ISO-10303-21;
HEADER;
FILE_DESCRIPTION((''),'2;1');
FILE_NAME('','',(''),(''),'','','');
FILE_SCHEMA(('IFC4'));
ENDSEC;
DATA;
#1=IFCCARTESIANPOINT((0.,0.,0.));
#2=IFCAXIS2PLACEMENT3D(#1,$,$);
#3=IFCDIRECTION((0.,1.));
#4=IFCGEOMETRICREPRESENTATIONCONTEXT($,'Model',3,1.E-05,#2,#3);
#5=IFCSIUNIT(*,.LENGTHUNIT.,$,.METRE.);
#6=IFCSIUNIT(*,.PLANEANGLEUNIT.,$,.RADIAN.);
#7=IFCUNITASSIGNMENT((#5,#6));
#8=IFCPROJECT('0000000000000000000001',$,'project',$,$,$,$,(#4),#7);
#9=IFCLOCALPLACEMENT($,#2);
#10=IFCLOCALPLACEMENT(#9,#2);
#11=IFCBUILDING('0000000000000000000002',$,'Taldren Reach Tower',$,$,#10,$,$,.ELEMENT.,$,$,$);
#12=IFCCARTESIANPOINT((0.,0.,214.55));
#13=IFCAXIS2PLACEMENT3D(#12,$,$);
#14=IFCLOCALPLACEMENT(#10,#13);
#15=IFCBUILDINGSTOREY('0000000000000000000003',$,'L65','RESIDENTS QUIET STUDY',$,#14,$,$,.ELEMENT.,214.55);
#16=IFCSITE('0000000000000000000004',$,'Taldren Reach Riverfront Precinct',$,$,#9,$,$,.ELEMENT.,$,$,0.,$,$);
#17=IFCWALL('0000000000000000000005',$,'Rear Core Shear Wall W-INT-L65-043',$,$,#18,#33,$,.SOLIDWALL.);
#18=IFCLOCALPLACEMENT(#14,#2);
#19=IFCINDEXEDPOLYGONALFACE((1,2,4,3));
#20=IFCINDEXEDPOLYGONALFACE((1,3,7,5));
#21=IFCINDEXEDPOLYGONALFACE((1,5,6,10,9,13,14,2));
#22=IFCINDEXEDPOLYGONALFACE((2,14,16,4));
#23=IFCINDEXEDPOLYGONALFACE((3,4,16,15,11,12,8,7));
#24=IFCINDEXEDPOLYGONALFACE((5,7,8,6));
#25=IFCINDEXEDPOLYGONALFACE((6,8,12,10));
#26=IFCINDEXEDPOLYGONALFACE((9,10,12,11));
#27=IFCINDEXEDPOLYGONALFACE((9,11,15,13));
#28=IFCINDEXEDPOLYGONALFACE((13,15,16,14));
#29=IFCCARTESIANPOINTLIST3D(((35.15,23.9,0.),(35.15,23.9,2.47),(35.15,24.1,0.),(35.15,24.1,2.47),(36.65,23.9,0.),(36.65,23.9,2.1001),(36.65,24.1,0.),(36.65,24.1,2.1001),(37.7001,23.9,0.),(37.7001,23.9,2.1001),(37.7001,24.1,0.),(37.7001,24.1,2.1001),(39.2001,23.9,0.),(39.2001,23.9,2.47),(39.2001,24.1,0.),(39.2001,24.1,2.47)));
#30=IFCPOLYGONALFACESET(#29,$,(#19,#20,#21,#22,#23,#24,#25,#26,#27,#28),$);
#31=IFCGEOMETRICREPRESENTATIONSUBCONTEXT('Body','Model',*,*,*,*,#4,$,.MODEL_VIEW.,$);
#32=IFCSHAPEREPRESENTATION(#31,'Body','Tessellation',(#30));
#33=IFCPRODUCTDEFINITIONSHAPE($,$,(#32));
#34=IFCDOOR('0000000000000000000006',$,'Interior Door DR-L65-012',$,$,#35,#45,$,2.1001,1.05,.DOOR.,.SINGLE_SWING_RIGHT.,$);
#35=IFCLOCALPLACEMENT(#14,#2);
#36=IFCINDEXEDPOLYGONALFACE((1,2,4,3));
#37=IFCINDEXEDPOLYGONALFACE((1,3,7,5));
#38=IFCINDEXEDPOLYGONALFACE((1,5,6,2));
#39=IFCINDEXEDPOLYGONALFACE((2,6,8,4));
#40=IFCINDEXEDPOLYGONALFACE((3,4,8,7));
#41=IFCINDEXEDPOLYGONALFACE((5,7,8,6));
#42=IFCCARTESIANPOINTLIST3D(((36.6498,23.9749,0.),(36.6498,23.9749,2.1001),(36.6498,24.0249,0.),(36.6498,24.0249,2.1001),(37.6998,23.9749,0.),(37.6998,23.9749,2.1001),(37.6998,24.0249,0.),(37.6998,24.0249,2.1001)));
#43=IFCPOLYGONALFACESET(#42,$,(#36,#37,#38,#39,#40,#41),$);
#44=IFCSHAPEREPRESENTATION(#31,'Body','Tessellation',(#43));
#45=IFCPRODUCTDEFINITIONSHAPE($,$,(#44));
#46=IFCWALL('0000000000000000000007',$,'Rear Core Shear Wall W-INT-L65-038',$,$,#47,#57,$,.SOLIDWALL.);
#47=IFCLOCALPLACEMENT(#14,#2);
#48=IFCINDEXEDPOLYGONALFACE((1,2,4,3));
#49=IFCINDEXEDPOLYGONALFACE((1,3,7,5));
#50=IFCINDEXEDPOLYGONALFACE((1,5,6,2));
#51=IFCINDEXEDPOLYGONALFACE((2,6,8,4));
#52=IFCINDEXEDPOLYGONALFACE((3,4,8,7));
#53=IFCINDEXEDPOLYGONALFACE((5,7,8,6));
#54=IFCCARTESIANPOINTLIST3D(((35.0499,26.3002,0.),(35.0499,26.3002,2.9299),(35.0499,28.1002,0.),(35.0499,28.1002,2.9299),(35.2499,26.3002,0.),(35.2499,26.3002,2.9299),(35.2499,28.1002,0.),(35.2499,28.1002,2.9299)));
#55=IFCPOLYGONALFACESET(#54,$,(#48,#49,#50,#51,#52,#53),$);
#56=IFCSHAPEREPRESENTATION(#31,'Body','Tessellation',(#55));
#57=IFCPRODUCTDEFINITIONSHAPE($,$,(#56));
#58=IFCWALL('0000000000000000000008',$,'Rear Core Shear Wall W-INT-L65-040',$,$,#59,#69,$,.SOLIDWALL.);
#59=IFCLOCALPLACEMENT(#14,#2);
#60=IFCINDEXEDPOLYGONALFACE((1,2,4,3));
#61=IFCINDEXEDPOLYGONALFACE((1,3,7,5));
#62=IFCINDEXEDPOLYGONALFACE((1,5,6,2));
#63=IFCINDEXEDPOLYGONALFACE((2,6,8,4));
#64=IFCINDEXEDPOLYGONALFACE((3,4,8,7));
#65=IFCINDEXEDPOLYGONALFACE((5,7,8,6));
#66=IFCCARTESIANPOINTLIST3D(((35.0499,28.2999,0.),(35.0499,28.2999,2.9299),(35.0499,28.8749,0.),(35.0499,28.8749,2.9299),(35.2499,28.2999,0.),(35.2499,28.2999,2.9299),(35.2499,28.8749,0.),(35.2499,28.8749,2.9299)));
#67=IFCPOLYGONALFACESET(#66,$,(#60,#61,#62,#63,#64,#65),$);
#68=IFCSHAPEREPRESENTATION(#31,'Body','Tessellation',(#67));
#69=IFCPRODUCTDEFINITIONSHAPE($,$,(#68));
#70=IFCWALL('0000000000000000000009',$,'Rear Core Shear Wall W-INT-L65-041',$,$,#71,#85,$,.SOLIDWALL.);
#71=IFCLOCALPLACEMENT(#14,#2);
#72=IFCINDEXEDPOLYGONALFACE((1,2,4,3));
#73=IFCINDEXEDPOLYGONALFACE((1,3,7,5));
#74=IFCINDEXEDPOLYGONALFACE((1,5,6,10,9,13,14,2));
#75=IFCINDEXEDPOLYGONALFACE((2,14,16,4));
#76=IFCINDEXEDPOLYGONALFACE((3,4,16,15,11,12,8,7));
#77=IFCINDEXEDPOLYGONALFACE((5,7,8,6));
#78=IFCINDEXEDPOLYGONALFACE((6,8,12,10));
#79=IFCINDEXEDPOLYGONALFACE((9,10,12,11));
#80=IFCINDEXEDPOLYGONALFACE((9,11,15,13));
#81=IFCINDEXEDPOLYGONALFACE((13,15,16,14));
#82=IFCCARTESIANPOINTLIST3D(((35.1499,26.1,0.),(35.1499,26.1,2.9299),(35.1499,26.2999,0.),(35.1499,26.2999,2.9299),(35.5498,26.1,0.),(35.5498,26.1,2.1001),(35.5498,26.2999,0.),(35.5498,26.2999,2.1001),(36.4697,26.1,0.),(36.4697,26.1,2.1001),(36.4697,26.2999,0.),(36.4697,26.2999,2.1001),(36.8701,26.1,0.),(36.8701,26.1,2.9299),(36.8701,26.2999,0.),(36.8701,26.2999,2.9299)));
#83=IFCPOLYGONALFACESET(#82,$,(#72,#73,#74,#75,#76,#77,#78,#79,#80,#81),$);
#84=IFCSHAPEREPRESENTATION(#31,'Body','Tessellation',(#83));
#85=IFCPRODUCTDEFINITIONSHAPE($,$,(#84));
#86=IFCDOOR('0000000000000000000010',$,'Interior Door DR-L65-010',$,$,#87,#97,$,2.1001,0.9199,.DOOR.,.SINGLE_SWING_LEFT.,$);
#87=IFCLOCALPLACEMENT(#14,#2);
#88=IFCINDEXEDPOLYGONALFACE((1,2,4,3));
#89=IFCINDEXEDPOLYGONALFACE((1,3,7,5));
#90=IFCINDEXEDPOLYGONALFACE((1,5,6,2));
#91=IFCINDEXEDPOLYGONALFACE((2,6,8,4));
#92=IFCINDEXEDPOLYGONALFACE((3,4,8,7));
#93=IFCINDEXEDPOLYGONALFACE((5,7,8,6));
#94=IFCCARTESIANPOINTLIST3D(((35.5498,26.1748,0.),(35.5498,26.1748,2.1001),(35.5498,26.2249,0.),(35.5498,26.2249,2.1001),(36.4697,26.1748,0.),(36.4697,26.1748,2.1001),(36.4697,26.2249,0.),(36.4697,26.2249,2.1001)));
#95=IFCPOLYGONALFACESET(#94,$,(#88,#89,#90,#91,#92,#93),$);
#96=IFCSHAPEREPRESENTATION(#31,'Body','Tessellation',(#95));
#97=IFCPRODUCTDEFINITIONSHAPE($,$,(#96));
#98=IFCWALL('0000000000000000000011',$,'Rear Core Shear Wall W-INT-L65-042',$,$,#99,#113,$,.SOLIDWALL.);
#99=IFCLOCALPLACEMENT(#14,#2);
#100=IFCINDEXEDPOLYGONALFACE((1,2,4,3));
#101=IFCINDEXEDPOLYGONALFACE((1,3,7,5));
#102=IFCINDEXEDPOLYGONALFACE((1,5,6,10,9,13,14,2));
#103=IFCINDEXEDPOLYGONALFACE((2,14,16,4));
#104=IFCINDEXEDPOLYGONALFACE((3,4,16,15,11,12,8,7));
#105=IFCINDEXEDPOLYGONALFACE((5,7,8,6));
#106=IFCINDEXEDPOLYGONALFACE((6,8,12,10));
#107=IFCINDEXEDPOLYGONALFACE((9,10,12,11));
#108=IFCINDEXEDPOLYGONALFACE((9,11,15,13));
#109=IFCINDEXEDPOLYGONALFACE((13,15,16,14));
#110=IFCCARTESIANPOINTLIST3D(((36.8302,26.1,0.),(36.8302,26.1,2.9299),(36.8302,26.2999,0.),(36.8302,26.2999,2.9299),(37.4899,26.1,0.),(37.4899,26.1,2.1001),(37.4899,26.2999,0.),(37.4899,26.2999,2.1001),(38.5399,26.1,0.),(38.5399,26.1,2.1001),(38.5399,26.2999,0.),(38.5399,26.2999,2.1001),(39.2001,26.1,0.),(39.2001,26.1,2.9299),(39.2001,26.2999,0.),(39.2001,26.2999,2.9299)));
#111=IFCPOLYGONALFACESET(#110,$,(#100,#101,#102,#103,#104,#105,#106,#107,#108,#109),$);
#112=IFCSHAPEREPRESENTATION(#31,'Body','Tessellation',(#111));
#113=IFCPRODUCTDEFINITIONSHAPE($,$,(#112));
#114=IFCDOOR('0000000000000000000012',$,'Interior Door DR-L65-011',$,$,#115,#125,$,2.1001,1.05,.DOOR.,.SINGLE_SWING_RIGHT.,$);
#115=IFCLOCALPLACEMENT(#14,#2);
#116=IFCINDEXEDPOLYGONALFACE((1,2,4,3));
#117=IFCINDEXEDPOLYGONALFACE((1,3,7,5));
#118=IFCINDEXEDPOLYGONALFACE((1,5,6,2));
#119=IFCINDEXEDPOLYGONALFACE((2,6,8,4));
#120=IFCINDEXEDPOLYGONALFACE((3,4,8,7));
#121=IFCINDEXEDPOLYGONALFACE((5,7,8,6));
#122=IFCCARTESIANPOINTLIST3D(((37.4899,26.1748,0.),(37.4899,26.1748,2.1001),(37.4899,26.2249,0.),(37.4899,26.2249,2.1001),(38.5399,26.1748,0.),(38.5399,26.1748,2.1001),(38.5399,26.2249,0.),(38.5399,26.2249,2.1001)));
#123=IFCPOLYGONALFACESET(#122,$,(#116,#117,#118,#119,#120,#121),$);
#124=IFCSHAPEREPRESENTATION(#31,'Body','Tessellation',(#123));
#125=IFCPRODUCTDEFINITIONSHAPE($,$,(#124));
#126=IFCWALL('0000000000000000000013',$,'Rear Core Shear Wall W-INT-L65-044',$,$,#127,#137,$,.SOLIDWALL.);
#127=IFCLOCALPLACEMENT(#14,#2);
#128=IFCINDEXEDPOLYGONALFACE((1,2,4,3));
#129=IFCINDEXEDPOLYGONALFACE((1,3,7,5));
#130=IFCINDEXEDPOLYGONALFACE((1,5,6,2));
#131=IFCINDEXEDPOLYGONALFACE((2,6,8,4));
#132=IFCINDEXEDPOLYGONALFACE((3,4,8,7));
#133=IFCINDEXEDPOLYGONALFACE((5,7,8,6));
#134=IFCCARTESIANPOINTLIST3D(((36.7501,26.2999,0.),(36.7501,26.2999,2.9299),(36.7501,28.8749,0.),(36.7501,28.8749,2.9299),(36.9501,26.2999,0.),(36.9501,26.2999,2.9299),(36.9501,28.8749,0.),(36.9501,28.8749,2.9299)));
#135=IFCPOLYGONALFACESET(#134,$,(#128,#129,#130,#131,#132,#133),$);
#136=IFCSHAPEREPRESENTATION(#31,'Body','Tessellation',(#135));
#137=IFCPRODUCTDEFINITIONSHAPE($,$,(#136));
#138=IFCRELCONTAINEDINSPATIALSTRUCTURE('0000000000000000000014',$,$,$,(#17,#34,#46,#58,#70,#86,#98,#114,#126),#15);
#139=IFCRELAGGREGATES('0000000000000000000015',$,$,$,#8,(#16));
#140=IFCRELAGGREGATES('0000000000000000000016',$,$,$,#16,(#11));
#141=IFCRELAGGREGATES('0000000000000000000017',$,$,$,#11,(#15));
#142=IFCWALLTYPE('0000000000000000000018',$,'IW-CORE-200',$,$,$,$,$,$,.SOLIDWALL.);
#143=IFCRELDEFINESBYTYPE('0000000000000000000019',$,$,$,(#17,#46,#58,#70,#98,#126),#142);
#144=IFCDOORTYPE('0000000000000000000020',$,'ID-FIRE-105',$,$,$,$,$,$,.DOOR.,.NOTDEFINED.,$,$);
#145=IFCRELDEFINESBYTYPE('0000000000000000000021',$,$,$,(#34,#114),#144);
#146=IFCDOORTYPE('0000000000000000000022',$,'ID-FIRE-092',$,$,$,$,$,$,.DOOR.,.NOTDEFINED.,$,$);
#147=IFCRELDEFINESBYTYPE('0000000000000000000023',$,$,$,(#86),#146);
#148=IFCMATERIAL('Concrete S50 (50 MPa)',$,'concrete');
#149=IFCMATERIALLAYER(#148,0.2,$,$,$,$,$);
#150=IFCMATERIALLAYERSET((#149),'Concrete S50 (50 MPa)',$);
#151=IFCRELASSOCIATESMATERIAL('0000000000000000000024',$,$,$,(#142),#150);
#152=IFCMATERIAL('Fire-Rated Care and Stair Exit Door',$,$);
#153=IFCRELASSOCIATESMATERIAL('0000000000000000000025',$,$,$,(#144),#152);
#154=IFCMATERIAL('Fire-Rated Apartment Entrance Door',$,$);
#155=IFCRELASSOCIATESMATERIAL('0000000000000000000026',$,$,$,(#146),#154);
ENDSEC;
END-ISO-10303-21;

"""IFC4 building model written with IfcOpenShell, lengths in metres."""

from ifc_helpers import new_model, si_unit, direction, frame, frame_2d, origin, place, context, subcontext, project, spatial, rectangle, extrude, source, transform, mapped, material, layer, layer_set, type_object, element, fill, save


model = new_model("IFC4")

# Units and contexts
model_context = context("Model", 3, precision=1e-05, world=origin(), true_north=direction((0.0, 1.0)))
body_context = subcontext(model_context, "Body", "Model", "MODEL_VIEW")
ifc_project = project(units=[si_unit("LENGTHUNIT", "METRE"), si_unit("PLANEANGLEUNIT", "RADIAN")], contexts=[model_context])

# Site, building, storey
site_placement = place(None, origin())
site = spatial("IfcSite", under=ifc_project, at=site_placement, Name="Taldren Reach Riverfront Precinct", CompositionType="ELEMENT", RefElevation=0.0)
building_placement = place(site_placement, origin())
building = spatial("IfcBuilding", under=site, at=building_placement, Name="Taldren Reach Tower", CompositionType="ELEMENT")
storey_placement = place(building_placement, frame((0.0, 0.0, 214.55)))
storey = spatial("IfcBuildingStorey", under=building, at=storey_placement, Name="L65", Description="RESIDENTS QUIET STUDY", CompositionType="ELEMENT", Elevation=214.55)

# Shared definitions
ifc_material_1 = material(Name="Concrete S50 (50 MPa)", Category="concrete")
ifc_layer_1 = layer(ifc_material_1, 0.2)
ifc_layer_set_1 = layer_set([ifc_layer_1], Name="Concrete S50 (50 MPa)")
wall_type_1 = type_object("IfcWallType", Name="IW-CORE-200", PredefinedType="SOLIDWALL", material=ifc_layer_set_1)

# Wall, opening, door
shared_shape_1 = source(origin(), body_context, "Body", "SweptSolid", [
    extrude(rectangle(XDim=4.05, YDim=0.2, at=frame_2d((2.0249, 0.0))), origin(), (0.0, 0.0, 1.0), 2.47),
])
wall_1_placement = place(storey_placement, frame((39.2, 24.0, 0.0), z_axis=(0.0, 0.0, 1.0), x_axis=(-1.0, 0.0, 0.0)))
wall_1 = element("IfcWall", 1, at=wall_1_placement, inside=storey, type_object=wall_type_1, Name="Rear Core Shear Wall W-INT-L65-043", PredefinedType="SOLIDWALL", context=body_context, shape_type="MappedRepresentation", body=[
    mapped(shared_shape_1, transform((0.0, 0.0, 0.0), scale=1.0)),
])
shared_shape_2 = source(origin(), body_context, "Body", "SweptSolid", [
    extrude(rectangle(XDim=1.05, YDim=2.1001, at=frame_2d((0.5249, 1.05))), frame((0.0, 0.1099, 0.0), z_axis=(0.0, -1.0, 0.0), x_axis=(1.0, 0.0, 0.0)), (0.0, 0.0, 1.0), 0.22),
])
opening_1_placement = place(wall_1_placement, frame((1.5, 0.0, 0.0)))
opening_1 = element("IfcOpeningElement", 2, at=opening_1_placement, cuts=wall_1, PredefinedType="OPENING", context=body_context, shape_type="MappedRepresentation", body=[
    mapped(shared_shape_2, transform((0.0, 0.0, 0.0), scale=1.0)),
])
ifc_material_2 = material(Name="Fire-Rated Care and Stair Exit Door")
door_type_1 = type_object("IfcDoorType", Name="ID-FIRE-105", OperationType="NOTDEFINED", PredefinedType="DOOR", material=ifc_material_2)
shared_shape_3 = source(origin(), body_context, "Body", "SweptSolid", [
    extrude(rectangle(XDim=1.05, YDim=2.1001, at=frame_2d((0.5249, 1.05))), frame((0.0, 0.0249, 0.0), z_axis=(0.0, -1.0, 0.0), x_axis=(1.0, 0.0, 0.0)), (0.0, 0.0, 1.0), 0.05),
])
door_1_placement = place(opening_1_placement, frame((1.05, 0.0, 0.0), z_axis=(0.0, 0.0, 1.0), x_axis=(-1.0, 0.0, 0.0)))
door_1 = element("IfcDoor", 3, at=door_1_placement, inside=storey, type_object=door_type_1, Name="Interior Door DR-L65-012", OperationType="SINGLE_SWING_RIGHT", OverallHeight=2.1001, OverallWidth=1.05, PredefinedType="DOOR", context=body_context, shape_type="MappedRepresentation", body=[
    mapped(shared_shape_3, transform((0.0, 0.0, 0.0), scale=1.0)),
])
fill(opening_1, door_1)

# Walls
shared_shape_4 = source(origin(), body_context, "Body", "SweptSolid", [
    extrude(rectangle(XDim=1.8, YDim=0.2, at=frame_2d((0.8999, 0.0))), origin(), (0.0, 0.0, 1.0), 2.9299),
])
wall_2_placement = place(storey_placement, frame((35.1499, 28.1001, 0.0), z_axis=(0.0, 0.0, 1.0), x_axis=(0.0, -1.0, 0.0)))
element("IfcWall", 4, at=wall_2_placement, inside=storey, type_object=wall_type_1, Name="Rear Core Shear Wall W-INT-L65-038", PredefinedType="SOLIDWALL", context=body_context, shape_type="MappedRepresentation", body=[
    mapped(shared_shape_4, transform((0.0, 0.0, 0.0), scale=1.0)),
])
shared_shape_5 = source(origin(), body_context, "Body", "SweptSolid", [
    extrude(rectangle(XDim=0.575, YDim=0.2, at=frame_2d((0.2876, 0.0))), origin(), (0.0, 0.0, 1.0), 2.9299),
])
wall_3_placement = place(storey_placement, frame((35.1499, 28.875, 0.0), z_axis=(0.0, 0.0, 1.0), x_axis=(0.0, -1.0, 0.0)))
element("IfcWall", 5, at=wall_3_placement, inside=storey, type_object=wall_type_1, Name="Rear Core Shear Wall W-INT-L65-040", PredefinedType="SOLIDWALL", context=body_context, shape_type="MappedRepresentation", body=[
    mapped(shared_shape_5, transform((0.0, 0.0, 0.0), scale=1.0)),
])

# Walls, openings, doors
shared_shape_6 = source(origin(), body_context, "Body", "SweptSolid", [
    extrude(rectangle(XDim=1.7202, YDim=0.2, at=frame_2d((0.8601, 0.0))), origin(), (0.0, 0.0, 1.0), 2.9299),
])
wall_4_placement = place(storey_placement, frame((35.1499, 26.2, 0.0), z_axis=(0.0, 0.0, 1.0), x_axis=(1.0, 0.0, 0.0)))
wall_4 = element("IfcWall", 6, at=wall_4_placement, inside=storey, type_object=wall_type_1, Name="Rear Core Shear Wall W-INT-L65-041", PredefinedType="SOLIDWALL", context=body_context, shape_type="MappedRepresentation", body=[
    mapped(shared_shape_6, transform((0.0, 0.0, 0.0), scale=1.0)),
])
shared_shape_7 = source(origin(), body_context, "Body", "SweptSolid", [
    extrude(rectangle(XDim=0.9199, YDim=2.1001, at=frame_2d((0.46, 1.05))), frame((0.0, 0.1099, 0.0), z_axis=(0.0, -1.0, 0.0), x_axis=(1.0, 0.0, 0.0)), (0.0, 0.0, 1.0), 0.22),
])
opening_2_placement = place(wall_4_placement, frame((0.3999, 0.0, 0.0)))
opening_2 = element("IfcOpeningElement", 7, at=opening_2_placement, cuts=wall_4, PredefinedType="OPENING", context=body_context, shape_type="MappedRepresentation", body=[
    mapped(shared_shape_7, transform((0.0, 0.0, 0.0), scale=1.0)),
])
ifc_material_3 = material(Name="Fire-Rated Apartment Entrance Door")
door_type_2 = type_object("IfcDoorType", Name="ID-FIRE-092", OperationType="NOTDEFINED", PredefinedType="DOOR", material=ifc_material_3)
shared_shape_8 = source(origin(), body_context, "Body", "SweptSolid", [
    extrude(rectangle(XDim=0.9199, YDim=2.1001, at=frame_2d((0.46, 1.05))), frame((0.0, 0.0249, 0.0), z_axis=(0.0, -1.0, 0.0), x_axis=(1.0, 0.0, 0.0)), (0.0, 0.0, 1.0), 0.05),
])
door_2_placement = place(opening_2_placement, origin())
door_2 = element("IfcDoor", 8, at=door_2_placement, inside=storey, type_object=door_type_2, Name="Interior Door DR-L65-010", OperationType="SINGLE_SWING_LEFT", OverallHeight=2.1001, OverallWidth=0.9199, PredefinedType="DOOR", context=body_context, shape_type="MappedRepresentation", body=[
    mapped(shared_shape_8, transform((0.0, 0.0, 0.0), scale=1.0)),
])
fill(opening_2, door_2)
shared_shape_9 = source(origin(), body_context, "Body", "SweptSolid", [
    extrude(rectangle(XDim=2.3699, YDim=0.2, at=frame_2d((1.1851, 0.0))), origin(), (0.0, 0.0, 1.0), 2.9299),
])
wall_5_placement = place(storey_placement, frame((36.8301, 26.2, 0.0), z_axis=(0.0, 0.0, 1.0), x_axis=(1.0, 0.0, 0.0)))
wall_5 = element("IfcWall", 9, at=wall_5_placement, inside=storey, type_object=wall_type_1, Name="Rear Core Shear Wall W-INT-L65-042", PredefinedType="SOLIDWALL", context=body_context, shape_type="MappedRepresentation", body=[
    mapped(shared_shape_9, transform((0.0, 0.0, 0.0), scale=1.0)),
])
opening_3_placement = place(wall_5_placement, frame((0.6599, 0.0, 0.0)))
opening_3 = element("IfcOpeningElement", 10, at=opening_3_placement, cuts=wall_5, PredefinedType="OPENING", context=body_context, shape_type="MappedRepresentation", body=[
    mapped(shared_shape_2, transform((0.0, 0.0, 0.0), scale=1.0)),
])
door_3_placement = place(opening_3_placement, origin())
door_3 = element("IfcDoor", 11, at=door_3_placement, inside=storey, type_object=door_type_1, Name="Interior Door DR-L65-011", OperationType="SINGLE_SWING_RIGHT", OverallHeight=2.1001, OverallWidth=1.05, PredefinedType="DOOR", context=body_context, shape_type="MappedRepresentation", body=[
    mapped(shared_shape_3, transform((0.0, 0.0, 0.0), scale=1.0)),
])
fill(opening_3, door_3)

# Wall
shared_shape_10 = source(origin(), body_context, "Body", "SweptSolid", [
    extrude(rectangle(XDim=2.575, YDim=0.2, at=frame_2d((1.2876, 0.0))), origin(), (0.0, 0.0, 1.0), 2.9299),
])
wall_6_placement = place(storey_placement, frame((36.8501, 28.875, 0.0), z_axis=(0.0, 0.0, 1.0), x_axis=(0.0, -1.0, 0.0)))
element("IfcWall", 12, at=wall_6_placement, inside=storey, type_object=wall_type_1, Name="Rear Core Shear Wall W-INT-L65-044", PredefinedType="SOLIDWALL", context=body_context, shape_type="MappedRepresentation", body=[
    mapped(shared_shape_10, transform((0.0, 0.0, 0.0), scale=1.0)),
])

save(model, "model.ifc")
